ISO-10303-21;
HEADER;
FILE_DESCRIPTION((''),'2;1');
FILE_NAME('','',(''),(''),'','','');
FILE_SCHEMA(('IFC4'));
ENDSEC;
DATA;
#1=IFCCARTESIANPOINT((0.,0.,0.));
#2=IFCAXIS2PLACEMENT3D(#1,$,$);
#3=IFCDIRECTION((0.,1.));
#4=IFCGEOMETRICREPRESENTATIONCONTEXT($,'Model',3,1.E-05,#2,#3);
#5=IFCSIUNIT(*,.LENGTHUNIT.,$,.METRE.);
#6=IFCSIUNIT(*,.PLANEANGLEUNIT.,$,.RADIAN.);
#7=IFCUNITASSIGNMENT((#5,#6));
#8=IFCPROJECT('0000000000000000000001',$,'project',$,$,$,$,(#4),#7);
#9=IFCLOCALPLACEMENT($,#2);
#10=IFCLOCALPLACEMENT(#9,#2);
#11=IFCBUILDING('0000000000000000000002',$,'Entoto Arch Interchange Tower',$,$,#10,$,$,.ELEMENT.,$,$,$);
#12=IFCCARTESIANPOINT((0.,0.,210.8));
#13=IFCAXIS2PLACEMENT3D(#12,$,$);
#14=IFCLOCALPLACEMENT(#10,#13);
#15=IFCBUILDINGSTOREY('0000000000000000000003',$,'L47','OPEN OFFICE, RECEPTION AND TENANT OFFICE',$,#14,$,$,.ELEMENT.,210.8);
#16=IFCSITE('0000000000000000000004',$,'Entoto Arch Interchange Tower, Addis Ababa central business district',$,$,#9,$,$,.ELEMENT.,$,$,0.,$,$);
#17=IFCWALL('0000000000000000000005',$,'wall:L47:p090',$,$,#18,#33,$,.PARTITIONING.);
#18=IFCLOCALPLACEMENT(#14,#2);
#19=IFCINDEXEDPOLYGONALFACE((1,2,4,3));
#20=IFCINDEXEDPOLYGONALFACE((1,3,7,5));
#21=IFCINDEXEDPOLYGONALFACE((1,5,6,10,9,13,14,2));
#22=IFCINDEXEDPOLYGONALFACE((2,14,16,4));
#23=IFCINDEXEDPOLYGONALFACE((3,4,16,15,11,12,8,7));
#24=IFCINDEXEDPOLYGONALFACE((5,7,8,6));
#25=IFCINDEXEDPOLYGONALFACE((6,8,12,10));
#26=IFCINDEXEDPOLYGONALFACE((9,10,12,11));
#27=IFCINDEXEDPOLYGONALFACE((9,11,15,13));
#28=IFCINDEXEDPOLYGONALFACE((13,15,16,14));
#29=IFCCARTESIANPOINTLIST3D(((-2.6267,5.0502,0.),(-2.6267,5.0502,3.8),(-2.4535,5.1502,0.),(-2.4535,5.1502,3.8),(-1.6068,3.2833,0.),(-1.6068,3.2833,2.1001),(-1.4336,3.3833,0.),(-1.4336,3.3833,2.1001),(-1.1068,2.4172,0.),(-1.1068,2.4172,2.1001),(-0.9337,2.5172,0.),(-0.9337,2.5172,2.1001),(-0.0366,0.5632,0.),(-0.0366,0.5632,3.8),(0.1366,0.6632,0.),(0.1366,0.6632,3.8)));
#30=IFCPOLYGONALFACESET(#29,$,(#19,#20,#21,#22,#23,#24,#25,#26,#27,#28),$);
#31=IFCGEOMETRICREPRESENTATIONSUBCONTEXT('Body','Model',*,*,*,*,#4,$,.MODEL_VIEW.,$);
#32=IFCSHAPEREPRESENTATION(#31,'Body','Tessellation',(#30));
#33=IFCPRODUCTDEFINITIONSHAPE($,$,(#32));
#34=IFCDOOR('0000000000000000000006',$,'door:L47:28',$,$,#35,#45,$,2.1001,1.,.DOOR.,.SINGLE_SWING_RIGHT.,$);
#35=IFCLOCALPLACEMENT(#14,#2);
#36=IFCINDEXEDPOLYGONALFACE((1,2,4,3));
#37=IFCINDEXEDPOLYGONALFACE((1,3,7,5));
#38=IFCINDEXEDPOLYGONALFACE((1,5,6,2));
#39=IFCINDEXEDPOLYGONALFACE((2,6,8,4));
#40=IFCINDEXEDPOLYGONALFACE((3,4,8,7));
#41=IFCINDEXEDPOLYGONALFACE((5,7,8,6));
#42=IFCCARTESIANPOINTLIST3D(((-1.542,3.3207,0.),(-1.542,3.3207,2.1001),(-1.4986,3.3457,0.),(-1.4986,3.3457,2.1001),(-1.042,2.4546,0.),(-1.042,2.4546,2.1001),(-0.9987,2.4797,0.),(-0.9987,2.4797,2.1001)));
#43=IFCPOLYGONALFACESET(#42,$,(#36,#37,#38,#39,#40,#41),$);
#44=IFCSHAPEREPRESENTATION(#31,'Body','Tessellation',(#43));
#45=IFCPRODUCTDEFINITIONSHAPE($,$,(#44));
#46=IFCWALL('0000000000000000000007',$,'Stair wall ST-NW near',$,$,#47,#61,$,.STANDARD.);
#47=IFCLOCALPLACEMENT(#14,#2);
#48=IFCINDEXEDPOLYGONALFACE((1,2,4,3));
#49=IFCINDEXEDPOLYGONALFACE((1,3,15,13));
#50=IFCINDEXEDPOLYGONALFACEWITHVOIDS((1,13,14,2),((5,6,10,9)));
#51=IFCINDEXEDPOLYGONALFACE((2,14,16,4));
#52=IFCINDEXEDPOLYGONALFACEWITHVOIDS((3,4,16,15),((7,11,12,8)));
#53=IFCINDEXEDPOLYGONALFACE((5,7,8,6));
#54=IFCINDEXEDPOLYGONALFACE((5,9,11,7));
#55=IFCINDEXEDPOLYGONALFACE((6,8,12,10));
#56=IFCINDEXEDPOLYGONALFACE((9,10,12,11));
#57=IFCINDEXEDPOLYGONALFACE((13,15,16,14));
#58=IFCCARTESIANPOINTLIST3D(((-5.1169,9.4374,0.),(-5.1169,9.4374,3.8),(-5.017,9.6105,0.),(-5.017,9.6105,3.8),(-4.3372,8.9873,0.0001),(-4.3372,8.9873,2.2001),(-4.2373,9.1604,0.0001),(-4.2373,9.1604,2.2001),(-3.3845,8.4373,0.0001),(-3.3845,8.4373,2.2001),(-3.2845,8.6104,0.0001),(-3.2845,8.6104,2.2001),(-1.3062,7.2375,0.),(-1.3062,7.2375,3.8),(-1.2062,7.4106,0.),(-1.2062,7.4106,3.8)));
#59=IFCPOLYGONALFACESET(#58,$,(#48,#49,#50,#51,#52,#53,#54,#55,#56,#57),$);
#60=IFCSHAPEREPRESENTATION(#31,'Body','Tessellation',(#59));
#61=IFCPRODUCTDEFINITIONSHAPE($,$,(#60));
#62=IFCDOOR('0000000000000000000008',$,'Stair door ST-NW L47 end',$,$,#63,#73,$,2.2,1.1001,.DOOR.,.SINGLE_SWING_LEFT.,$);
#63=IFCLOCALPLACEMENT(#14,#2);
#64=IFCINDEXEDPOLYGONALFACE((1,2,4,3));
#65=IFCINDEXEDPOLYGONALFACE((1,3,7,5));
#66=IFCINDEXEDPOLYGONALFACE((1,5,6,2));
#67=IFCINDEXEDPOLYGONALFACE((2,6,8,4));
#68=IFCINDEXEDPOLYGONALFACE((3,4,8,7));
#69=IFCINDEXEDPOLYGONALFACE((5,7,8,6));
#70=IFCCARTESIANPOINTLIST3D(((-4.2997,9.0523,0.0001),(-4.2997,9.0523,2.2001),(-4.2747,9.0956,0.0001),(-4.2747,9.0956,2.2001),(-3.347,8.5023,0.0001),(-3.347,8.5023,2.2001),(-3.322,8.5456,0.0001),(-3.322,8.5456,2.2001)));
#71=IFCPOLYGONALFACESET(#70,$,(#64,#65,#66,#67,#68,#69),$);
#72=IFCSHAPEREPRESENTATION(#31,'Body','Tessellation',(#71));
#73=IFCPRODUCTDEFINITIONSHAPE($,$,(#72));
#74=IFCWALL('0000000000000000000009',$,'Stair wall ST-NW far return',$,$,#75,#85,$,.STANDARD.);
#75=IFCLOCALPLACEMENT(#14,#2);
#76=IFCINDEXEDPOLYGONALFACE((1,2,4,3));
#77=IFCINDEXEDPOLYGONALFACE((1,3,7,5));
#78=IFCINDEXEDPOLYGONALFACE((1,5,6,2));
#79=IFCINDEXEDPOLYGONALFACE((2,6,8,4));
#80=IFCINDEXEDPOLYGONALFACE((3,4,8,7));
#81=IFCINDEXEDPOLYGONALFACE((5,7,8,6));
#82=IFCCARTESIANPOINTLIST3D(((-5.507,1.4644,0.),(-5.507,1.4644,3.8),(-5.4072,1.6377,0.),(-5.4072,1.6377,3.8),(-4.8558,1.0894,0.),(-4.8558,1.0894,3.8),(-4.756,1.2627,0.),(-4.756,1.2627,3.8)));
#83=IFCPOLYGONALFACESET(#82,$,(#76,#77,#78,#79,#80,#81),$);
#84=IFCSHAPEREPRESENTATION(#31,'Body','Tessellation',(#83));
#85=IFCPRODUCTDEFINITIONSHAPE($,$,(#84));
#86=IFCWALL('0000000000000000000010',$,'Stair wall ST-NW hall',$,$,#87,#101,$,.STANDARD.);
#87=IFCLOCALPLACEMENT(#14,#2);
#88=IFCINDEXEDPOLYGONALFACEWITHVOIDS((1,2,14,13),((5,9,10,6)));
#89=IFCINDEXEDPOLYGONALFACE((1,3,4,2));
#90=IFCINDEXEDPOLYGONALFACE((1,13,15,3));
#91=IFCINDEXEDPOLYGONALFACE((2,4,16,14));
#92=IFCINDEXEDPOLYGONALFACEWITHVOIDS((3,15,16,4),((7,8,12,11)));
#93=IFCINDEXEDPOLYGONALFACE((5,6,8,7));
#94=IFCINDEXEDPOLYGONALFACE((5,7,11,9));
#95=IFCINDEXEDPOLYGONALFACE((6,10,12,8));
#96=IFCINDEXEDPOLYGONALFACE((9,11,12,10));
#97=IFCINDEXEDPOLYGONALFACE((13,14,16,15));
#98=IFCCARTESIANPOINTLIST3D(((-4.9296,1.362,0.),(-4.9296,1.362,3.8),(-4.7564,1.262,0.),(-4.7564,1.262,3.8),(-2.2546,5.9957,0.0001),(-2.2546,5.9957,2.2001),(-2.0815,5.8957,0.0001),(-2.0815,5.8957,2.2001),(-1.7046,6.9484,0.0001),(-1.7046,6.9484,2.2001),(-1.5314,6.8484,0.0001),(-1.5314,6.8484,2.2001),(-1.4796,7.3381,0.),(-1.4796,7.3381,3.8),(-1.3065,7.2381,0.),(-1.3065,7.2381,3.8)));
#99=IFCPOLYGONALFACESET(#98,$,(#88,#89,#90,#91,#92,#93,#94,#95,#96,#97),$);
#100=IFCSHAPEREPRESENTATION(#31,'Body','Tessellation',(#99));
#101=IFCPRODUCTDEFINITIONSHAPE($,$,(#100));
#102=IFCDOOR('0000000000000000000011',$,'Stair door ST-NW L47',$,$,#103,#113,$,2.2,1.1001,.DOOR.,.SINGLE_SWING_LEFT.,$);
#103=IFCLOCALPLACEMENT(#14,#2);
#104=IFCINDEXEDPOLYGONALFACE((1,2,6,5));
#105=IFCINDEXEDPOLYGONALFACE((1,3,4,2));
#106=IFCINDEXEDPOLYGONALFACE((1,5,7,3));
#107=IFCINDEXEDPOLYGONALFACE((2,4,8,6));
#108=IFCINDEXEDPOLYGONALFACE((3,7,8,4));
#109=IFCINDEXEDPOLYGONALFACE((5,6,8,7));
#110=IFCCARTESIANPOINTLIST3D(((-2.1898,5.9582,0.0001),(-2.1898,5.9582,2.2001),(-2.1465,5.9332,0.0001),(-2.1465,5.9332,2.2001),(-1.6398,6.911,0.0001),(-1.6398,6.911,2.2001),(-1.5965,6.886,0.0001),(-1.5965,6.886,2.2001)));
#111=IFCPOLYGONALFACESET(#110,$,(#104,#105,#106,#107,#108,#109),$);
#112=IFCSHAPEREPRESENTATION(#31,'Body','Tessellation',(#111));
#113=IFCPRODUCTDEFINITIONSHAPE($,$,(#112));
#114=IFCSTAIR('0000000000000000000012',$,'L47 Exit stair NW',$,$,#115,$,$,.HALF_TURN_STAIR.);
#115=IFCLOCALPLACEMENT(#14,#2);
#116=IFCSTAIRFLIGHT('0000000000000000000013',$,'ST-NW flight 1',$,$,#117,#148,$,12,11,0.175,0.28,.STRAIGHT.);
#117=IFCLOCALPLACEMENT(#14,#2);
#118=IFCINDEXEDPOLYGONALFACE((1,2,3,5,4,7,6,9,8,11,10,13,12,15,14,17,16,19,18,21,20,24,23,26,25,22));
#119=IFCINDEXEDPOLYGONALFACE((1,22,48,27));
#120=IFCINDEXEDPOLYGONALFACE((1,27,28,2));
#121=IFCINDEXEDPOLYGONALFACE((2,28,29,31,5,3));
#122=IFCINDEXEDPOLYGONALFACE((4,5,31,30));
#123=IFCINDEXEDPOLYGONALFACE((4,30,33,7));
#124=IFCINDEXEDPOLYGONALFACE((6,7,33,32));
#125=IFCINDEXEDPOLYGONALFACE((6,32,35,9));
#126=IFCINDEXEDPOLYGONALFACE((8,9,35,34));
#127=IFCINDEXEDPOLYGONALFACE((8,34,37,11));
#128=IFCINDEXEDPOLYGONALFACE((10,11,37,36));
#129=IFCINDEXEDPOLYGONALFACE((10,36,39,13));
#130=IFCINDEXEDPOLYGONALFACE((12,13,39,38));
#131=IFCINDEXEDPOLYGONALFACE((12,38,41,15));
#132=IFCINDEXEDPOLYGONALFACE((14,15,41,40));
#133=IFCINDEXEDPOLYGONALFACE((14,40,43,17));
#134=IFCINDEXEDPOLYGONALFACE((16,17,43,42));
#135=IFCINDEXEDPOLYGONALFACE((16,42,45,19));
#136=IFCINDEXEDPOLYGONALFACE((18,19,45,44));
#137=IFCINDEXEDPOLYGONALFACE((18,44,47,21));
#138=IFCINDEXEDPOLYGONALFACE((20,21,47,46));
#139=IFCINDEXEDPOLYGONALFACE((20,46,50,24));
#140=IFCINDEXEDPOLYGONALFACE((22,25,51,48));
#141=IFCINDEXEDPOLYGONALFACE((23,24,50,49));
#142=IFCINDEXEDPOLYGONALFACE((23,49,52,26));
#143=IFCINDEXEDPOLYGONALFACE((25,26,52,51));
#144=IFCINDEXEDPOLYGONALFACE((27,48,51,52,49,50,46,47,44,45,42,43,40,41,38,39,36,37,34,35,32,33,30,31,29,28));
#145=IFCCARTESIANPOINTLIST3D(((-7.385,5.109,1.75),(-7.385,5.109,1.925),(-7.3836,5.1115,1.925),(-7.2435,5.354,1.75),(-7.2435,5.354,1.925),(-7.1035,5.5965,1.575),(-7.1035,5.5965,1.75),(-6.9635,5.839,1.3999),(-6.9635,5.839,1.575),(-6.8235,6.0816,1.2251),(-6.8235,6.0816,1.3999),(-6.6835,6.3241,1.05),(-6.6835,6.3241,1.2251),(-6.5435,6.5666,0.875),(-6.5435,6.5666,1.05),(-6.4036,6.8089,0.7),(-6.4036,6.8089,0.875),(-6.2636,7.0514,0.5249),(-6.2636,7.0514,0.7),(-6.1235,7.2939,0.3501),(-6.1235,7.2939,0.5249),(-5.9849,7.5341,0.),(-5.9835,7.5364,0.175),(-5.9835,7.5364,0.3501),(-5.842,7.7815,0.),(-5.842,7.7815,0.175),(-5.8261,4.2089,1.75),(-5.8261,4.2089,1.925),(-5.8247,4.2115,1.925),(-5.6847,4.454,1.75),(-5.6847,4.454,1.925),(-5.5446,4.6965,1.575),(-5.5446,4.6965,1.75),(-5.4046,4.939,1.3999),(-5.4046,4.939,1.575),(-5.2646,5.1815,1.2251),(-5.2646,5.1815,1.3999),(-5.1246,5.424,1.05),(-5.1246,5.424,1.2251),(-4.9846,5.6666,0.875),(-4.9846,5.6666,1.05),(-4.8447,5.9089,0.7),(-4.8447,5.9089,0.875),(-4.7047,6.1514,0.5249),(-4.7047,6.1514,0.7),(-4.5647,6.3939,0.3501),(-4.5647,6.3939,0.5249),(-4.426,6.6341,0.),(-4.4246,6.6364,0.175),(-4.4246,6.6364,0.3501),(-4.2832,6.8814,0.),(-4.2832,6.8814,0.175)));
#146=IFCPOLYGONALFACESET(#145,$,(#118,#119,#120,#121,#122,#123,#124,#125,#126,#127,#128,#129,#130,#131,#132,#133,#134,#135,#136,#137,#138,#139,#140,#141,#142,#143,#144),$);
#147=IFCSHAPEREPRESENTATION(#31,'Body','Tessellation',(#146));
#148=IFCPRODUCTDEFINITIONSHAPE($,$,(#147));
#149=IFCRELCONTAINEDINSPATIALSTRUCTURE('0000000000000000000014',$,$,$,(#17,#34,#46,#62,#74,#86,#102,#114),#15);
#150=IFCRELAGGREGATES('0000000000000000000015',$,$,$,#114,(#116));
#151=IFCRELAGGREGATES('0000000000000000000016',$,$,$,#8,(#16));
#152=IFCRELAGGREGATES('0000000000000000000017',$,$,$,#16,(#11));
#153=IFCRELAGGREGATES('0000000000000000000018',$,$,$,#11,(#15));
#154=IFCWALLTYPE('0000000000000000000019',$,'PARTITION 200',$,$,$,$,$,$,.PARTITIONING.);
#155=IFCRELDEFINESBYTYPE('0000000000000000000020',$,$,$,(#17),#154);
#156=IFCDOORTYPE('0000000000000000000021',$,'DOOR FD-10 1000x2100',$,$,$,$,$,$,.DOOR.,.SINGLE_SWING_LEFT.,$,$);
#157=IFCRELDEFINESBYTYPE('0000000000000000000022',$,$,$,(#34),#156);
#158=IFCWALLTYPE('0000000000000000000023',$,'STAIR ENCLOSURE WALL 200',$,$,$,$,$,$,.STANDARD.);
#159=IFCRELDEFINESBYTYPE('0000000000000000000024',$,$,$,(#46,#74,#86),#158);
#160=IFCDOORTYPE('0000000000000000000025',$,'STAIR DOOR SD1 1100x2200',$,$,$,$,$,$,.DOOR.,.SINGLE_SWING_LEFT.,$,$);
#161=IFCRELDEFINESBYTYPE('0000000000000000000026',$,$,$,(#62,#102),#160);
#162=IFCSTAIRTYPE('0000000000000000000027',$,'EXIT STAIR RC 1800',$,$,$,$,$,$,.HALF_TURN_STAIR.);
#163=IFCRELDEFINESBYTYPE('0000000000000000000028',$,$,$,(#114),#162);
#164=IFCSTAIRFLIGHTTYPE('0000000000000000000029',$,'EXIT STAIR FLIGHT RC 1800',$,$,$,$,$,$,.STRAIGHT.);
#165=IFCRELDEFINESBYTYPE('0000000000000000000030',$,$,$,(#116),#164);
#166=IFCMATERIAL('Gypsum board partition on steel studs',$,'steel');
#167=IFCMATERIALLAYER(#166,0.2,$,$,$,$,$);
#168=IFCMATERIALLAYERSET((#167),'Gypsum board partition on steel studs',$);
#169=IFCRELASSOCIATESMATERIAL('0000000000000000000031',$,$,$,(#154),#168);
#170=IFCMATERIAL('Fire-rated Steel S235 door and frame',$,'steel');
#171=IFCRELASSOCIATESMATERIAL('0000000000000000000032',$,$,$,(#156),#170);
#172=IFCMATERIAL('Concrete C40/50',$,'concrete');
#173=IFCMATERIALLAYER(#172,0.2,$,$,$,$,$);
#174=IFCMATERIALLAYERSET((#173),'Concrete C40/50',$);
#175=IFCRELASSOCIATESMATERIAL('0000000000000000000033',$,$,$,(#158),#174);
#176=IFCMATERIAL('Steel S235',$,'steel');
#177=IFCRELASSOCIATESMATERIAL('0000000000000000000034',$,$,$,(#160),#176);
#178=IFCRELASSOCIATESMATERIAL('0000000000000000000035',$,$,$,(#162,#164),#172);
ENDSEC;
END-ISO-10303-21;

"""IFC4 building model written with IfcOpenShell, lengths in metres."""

from ifc_helpers import new_model, si_unit, direction, frame, frame_2d, origin, place, context, subcontext, project, spatial, polyline, rectangle, outline, extrude, material, layer, layer_set, type_object, element, fill, aggregate, save


model = new_model("IFC4")

# Units and contexts
model_context = context("Model", 3, precision=1e-05, world=origin(), true_north=direction((0.0, 1.0)))
body_context = subcontext(model_context, "Body", "Model", "MODEL_VIEW")
ifc_project = project(units=[si_unit("LENGTHUNIT", "METRE"), si_unit("PLANEANGLEUNIT", "RADIAN")], contexts=[model_context])

# Site, building, storey
site_placement = place(None, origin())
site = spatial("IfcSite", under=ifc_project, at=site_placement, Name="Entoto Arch Interchange Tower, Addis Ababa central business district", CompositionType="ELEMENT", RefElevation=0.0)
building_placement = place(site_placement, origin())
building = spatial("IfcBuilding", under=site, at=building_placement, Name="Entoto Arch Interchange Tower", CompositionType="ELEMENT")
storey_placement = place(building_placement, frame((0.0, 0.0, 210.8)))
storey = spatial("IfcBuildingStorey", under=building, at=storey_placement, Name="L47", Description="OPEN OFFICE, RECEPTION AND TENANT OFFICE", CompositionType="ELEMENT", Elevation=210.8)

# Shared definitions
ifc_material_1 = material(Name="Concrete C40/50", Category="concrete")

# Walls, openings, doors
ifc_material_2 = material(Name="Gypsum board partition on steel studs", Category="steel")
ifc_layer_1 = layer(ifc_material_2, 0.2)
ifc_layer_set_1 = layer_set([ifc_layer_1], Name="Gypsum board partition on steel studs")
wall_type_1 = type_object("IfcWallType", Name="PARTITION 200", PredefinedType="PARTITIONING", material=ifc_layer_set_1)
wall_1_placement = place(storey_placement, frame((-2.54, 5.1001, 0.0), z_axis=(0.0, 0.0, 1.0), x_axis=(0.499925, -0.866069, 0.0)))
wall_1 = element("IfcWall", 1, at=wall_1_placement, inside=storey, type_object=wall_type_1, Name="wall:L47:p090", PredefinedType="PARTITIONING", context=body_context, shape_type="SweptSolid", body=[
    extrude(rectangle(XDim=5.1809, YDim=0.2, at=frame_2d((2.5903, 0.0))), origin(), (0.0, 0.0, 1.0), 3.8),
])
opening_1_placement = place(wall_1_placement, frame((2.04, 0.0, 0.0)))
opening_1 = element("IfcOpeningElement", 2, at=opening_1_placement, cuts=wall_1, PredefinedType="OPENING", context=body_context, shape_type="SweptSolid", body=[
    extrude(rectangle(XDim=1.0, YDim=2.1001, at=frame_2d((0.5, 1.05))), frame((0.0, 0.1099, 0.0), z_axis=(0.0, -1.0, 0.0), x_axis=(1.0, 0.0, 0.0)), (0.0, 0.0, 1.0), 0.22),
])
ifc_material_3 = material(Name="Fire-rated Steel S235 door and frame", Category="steel")
door_type_1 = type_object("IfcDoorType", Name="DOOR FD-10 1000x2100", OperationType="SINGLE_SWING_LEFT", PredefinedType="DOOR", material=ifc_material_3)
door_1_placement = place(opening_1_placement, origin())
door_1 = element("IfcDoor", 3, at=door_1_placement, inside=storey, type_object=door_type_1, Name="door:L47:28", OperationType="SINGLE_SWING_RIGHT", OverallHeight=2.1001, OverallWidth=1.0, PredefinedType="DOOR", context=body_context, shape_type="SweptSolid", body=[
    extrude(rectangle(XDim=1.0, YDim=2.1001, at=frame_2d((0.5, 1.05))), frame((0.0, 0.0249, 0.0), z_axis=(0.0, -1.0, 0.0), x_axis=(1.0, 0.0, 0.0)), (0.0, 0.0, 1.0), 0.05),
])
fill(opening_1, door_1)
ifc_layer_2 = layer(ifc_material_1, 0.2)
ifc_layer_set_2 = layer_set([ifc_layer_2], Name="Concrete C40/50")
wall_type_2 = type_object("IfcWallType", Name="STAIR ENCLOSURE WALL 200", PredefinedType="STANDARD", material=ifc_layer_set_2)
wall_2_placement = place(storey_placement, frame((-1.2561, 7.324, 0.0), z_axis=(0.0, 0.0, 1.0), x_axis=(-0.866046, 0.499964, 0.0)))
wall_2 = element("IfcWall", 4, at=wall_2_placement, inside=storey, type_object=wall_type_2, Name="Stair wall ST-NW near", PredefinedType="STANDARD", context=body_context, shape_type="SweptSolid", body=[
    extrude(rectangle(XDim=4.4001, YDim=0.2, at=frame_2d((2.2002, 0.0))), origin(), (0.0, 0.0, 1.0), 3.8),
])
opening_2_placement = place(wall_2_placement, frame((2.3999, 0.0, 0.0)))
opening_2 = element("IfcOpeningElement", 5, at=opening_2_placement, cuts=wall_2, PredefinedType="OPENING", context=body_context, shape_type="SweptSolid", body=[
    extrude(rectangle(XDim=1.1001, YDim=2.2, at=frame_2d((0.55, 1.1001))), frame((0.0, 0.1099, 0.0), z_axis=(0.0, -1.0, 0.0), x_axis=(1.0, 0.0, 0.0)), (0.0, 0.0, 1.0), 0.22),
])
ifc_material_4 = material(Name="Steel S235", Category="steel")
door_type_2 = type_object("IfcDoorType", Name="STAIR DOOR SD1 1100x2200", OperationType="SINGLE_SWING_LEFT", PredefinedType="DOOR", material=ifc_material_4)
door_2_placement = place(opening_2_placement, origin())
door_2 = element("IfcDoor", 6, at=door_2_placement, inside=storey, type_object=door_type_2, Name="Stair door ST-NW L47 end", OperationType="SINGLE_SWING_LEFT", OverallHeight=2.2, OverallWidth=1.1001, PredefinedType="DOOR", context=body_context, shape_type="SweptSolid", body=[
    extrude(rectangle(XDim=1.1001, YDim=2.2, at=frame_2d((0.55, 1.1001))), frame((0.0, 0.0249, 0.0), z_axis=(0.0, -1.0, 0.0), x_axis=(1.0, 0.0, 0.0)), (0.0, 0.0, 1.0), 0.05),
])
fill(opening_2, door_2)

# Wall
wall_3_placement = place(storey_placement, frame((-4.8059, 1.176, 0.0), z_axis=(0.0, 0.0, 1.0), x_axis=(-0.866559, 0.499075, 0.0)))
element("IfcWall", 7, at=wall_3_placement, inside=storey, type_object=wall_type_2, Name="Stair wall ST-NW far return", PredefinedType="STANDARD", context=body_context, shape_type="SweptSolid", body=[
    extrude(rectangle(XDim=0.7515, YDim=0.2, at=frame_2d((0.3757, 0.0))), origin(), (0.0, 0.0, 1.0), 3.8),
])

# Wall, opening, door
wall_4_placement = place(storey_placement, frame((-1.3931, 7.2881, 0.0), z_axis=(0.0, 0.0, 1.0), x_axis=(-0.499963, -0.866047, 0.0)))
wall_4 = element("IfcWall", 8, at=wall_4_placement, inside=storey, type_object=wall_type_2, Name="Stair wall ST-NW hall", PredefinedType="STANDARD", context=body_context, shape_type="SweptSolid", body=[
    extrude(rectangle(XDim=6.9004, YDim=0.2, at=frame_2d((3.4502, 0.0))), origin(), (0.0, 0.0, 1.0), 3.8),
])
opening_3_placement = place(wall_4_placement, frame((0.45, 0.0, 0.0)))
opening_3 = element("IfcOpeningElement", 9, at=opening_3_placement, cuts=wall_4, PredefinedType="OPENING", context=body_context, shape_type="SweptSolid", body=[
    extrude(rectangle(XDim=1.1001, YDim=2.2, at=frame_2d((0.55, 1.1001))), frame((0.0, 0.1099, 0.0), z_axis=(0.0, -1.0, 0.0), x_axis=(1.0, 0.0, 0.0)), (0.0, 0.0, 1.0), 0.22),
])
door_3_placement = place(opening_3_placement, origin())
door_3 = element("IfcDoor", 10, at=door_3_placement, inside=storey, type_object=door_type_2, Name="Stair door ST-NW L47", OperationType="SINGLE_SWING_LEFT", OverallHeight=2.2, OverallWidth=1.1001, PredefinedType="DOOR", context=body_context, shape_type="SweptSolid", body=[
    extrude(rectangle(XDim=1.1001, YDim=2.2, at=frame_2d((0.55, 1.1001))), frame((0.0, 0.0249, 0.0), z_axis=(0.0, -1.0, 0.0), x_axis=(1.0, 0.0, 0.0)), (0.0, 0.0, 1.0), 0.05),
])
fill(opening_3, door_3)

# Stair, stair flight
stair_type = type_object("IfcStairType", Name="EXIT STAIR RC 1800", PredefinedType="HALF_TURN_STAIR", material=ifc_material_1)
stair_placement = place(storey_placement, origin())
stair = element("IfcStair", 11, at=stair_placement, inside=storey, type_object=stair_type, Name="L47 Exit stair NW", PredefinedType="HALF_TURN_STAIR")
stair_flight_type = type_object("IfcStairFlightType", Name="EXIT STAIR FLIGHT RC 1800", PredefinedType="STRAIGHT", material=ifc_material_1)
stair_flight_1_placement = place(storey_placement, frame((-5.064, 7.3289, 0.0), z_axis=(0.0, 0.0, 1.0), x_axis=(-0.5, -0.866025, 0.0)))
stair_flight_1 = element("IfcStairFlight", 12, at=stair_flight_1_placement, type_object=stair_flight_type, Name="ST-NW flight 1", NumberOfRisers=12, NumberOfTreads=11, PredefinedType="STRAIGHT", RiserHeight=0.175, TreadLength=0.28, context=body_context, shape_type="SweptSolid", body=[
    extrude(outline(polyline([(-0.0029, 0.0), (-0.0029, 0.175), (0.28, 0.175), (0.28, 0.3501), (0.5601, 0.3501), (0.5601, 0.5249), (0.8401, 0.5249), (0.8401, 0.7), (1.1201, 0.7), (1.1201, 0.875), (1.3999, 0.875), (1.3999, 1.05), (1.6799, 1.05), (1.6799, 1.2251), (1.96, 1.2251), (1.96, 1.3999), (2.24, 1.3999), (2.24, 1.575), (2.52, 1.575), (2.52, 1.75), (2.8, 1.75), (2.8, 1.925), (3.0801, 1.925), (3.083, 1.925), (3.083, 1.75), (0.2827, 0.0), (-0.0029, 0.0)])), frame((0.0, 0.8999, 0.0), z_axis=(0.0, -1.0, 0.0), x_axis=(1.0, 0.0, 0.0)), (0.0, 0.0, 1.0), 1.8),
])
aggregate(stair, [stair_flight_1])

save(model, "model.ifc")
